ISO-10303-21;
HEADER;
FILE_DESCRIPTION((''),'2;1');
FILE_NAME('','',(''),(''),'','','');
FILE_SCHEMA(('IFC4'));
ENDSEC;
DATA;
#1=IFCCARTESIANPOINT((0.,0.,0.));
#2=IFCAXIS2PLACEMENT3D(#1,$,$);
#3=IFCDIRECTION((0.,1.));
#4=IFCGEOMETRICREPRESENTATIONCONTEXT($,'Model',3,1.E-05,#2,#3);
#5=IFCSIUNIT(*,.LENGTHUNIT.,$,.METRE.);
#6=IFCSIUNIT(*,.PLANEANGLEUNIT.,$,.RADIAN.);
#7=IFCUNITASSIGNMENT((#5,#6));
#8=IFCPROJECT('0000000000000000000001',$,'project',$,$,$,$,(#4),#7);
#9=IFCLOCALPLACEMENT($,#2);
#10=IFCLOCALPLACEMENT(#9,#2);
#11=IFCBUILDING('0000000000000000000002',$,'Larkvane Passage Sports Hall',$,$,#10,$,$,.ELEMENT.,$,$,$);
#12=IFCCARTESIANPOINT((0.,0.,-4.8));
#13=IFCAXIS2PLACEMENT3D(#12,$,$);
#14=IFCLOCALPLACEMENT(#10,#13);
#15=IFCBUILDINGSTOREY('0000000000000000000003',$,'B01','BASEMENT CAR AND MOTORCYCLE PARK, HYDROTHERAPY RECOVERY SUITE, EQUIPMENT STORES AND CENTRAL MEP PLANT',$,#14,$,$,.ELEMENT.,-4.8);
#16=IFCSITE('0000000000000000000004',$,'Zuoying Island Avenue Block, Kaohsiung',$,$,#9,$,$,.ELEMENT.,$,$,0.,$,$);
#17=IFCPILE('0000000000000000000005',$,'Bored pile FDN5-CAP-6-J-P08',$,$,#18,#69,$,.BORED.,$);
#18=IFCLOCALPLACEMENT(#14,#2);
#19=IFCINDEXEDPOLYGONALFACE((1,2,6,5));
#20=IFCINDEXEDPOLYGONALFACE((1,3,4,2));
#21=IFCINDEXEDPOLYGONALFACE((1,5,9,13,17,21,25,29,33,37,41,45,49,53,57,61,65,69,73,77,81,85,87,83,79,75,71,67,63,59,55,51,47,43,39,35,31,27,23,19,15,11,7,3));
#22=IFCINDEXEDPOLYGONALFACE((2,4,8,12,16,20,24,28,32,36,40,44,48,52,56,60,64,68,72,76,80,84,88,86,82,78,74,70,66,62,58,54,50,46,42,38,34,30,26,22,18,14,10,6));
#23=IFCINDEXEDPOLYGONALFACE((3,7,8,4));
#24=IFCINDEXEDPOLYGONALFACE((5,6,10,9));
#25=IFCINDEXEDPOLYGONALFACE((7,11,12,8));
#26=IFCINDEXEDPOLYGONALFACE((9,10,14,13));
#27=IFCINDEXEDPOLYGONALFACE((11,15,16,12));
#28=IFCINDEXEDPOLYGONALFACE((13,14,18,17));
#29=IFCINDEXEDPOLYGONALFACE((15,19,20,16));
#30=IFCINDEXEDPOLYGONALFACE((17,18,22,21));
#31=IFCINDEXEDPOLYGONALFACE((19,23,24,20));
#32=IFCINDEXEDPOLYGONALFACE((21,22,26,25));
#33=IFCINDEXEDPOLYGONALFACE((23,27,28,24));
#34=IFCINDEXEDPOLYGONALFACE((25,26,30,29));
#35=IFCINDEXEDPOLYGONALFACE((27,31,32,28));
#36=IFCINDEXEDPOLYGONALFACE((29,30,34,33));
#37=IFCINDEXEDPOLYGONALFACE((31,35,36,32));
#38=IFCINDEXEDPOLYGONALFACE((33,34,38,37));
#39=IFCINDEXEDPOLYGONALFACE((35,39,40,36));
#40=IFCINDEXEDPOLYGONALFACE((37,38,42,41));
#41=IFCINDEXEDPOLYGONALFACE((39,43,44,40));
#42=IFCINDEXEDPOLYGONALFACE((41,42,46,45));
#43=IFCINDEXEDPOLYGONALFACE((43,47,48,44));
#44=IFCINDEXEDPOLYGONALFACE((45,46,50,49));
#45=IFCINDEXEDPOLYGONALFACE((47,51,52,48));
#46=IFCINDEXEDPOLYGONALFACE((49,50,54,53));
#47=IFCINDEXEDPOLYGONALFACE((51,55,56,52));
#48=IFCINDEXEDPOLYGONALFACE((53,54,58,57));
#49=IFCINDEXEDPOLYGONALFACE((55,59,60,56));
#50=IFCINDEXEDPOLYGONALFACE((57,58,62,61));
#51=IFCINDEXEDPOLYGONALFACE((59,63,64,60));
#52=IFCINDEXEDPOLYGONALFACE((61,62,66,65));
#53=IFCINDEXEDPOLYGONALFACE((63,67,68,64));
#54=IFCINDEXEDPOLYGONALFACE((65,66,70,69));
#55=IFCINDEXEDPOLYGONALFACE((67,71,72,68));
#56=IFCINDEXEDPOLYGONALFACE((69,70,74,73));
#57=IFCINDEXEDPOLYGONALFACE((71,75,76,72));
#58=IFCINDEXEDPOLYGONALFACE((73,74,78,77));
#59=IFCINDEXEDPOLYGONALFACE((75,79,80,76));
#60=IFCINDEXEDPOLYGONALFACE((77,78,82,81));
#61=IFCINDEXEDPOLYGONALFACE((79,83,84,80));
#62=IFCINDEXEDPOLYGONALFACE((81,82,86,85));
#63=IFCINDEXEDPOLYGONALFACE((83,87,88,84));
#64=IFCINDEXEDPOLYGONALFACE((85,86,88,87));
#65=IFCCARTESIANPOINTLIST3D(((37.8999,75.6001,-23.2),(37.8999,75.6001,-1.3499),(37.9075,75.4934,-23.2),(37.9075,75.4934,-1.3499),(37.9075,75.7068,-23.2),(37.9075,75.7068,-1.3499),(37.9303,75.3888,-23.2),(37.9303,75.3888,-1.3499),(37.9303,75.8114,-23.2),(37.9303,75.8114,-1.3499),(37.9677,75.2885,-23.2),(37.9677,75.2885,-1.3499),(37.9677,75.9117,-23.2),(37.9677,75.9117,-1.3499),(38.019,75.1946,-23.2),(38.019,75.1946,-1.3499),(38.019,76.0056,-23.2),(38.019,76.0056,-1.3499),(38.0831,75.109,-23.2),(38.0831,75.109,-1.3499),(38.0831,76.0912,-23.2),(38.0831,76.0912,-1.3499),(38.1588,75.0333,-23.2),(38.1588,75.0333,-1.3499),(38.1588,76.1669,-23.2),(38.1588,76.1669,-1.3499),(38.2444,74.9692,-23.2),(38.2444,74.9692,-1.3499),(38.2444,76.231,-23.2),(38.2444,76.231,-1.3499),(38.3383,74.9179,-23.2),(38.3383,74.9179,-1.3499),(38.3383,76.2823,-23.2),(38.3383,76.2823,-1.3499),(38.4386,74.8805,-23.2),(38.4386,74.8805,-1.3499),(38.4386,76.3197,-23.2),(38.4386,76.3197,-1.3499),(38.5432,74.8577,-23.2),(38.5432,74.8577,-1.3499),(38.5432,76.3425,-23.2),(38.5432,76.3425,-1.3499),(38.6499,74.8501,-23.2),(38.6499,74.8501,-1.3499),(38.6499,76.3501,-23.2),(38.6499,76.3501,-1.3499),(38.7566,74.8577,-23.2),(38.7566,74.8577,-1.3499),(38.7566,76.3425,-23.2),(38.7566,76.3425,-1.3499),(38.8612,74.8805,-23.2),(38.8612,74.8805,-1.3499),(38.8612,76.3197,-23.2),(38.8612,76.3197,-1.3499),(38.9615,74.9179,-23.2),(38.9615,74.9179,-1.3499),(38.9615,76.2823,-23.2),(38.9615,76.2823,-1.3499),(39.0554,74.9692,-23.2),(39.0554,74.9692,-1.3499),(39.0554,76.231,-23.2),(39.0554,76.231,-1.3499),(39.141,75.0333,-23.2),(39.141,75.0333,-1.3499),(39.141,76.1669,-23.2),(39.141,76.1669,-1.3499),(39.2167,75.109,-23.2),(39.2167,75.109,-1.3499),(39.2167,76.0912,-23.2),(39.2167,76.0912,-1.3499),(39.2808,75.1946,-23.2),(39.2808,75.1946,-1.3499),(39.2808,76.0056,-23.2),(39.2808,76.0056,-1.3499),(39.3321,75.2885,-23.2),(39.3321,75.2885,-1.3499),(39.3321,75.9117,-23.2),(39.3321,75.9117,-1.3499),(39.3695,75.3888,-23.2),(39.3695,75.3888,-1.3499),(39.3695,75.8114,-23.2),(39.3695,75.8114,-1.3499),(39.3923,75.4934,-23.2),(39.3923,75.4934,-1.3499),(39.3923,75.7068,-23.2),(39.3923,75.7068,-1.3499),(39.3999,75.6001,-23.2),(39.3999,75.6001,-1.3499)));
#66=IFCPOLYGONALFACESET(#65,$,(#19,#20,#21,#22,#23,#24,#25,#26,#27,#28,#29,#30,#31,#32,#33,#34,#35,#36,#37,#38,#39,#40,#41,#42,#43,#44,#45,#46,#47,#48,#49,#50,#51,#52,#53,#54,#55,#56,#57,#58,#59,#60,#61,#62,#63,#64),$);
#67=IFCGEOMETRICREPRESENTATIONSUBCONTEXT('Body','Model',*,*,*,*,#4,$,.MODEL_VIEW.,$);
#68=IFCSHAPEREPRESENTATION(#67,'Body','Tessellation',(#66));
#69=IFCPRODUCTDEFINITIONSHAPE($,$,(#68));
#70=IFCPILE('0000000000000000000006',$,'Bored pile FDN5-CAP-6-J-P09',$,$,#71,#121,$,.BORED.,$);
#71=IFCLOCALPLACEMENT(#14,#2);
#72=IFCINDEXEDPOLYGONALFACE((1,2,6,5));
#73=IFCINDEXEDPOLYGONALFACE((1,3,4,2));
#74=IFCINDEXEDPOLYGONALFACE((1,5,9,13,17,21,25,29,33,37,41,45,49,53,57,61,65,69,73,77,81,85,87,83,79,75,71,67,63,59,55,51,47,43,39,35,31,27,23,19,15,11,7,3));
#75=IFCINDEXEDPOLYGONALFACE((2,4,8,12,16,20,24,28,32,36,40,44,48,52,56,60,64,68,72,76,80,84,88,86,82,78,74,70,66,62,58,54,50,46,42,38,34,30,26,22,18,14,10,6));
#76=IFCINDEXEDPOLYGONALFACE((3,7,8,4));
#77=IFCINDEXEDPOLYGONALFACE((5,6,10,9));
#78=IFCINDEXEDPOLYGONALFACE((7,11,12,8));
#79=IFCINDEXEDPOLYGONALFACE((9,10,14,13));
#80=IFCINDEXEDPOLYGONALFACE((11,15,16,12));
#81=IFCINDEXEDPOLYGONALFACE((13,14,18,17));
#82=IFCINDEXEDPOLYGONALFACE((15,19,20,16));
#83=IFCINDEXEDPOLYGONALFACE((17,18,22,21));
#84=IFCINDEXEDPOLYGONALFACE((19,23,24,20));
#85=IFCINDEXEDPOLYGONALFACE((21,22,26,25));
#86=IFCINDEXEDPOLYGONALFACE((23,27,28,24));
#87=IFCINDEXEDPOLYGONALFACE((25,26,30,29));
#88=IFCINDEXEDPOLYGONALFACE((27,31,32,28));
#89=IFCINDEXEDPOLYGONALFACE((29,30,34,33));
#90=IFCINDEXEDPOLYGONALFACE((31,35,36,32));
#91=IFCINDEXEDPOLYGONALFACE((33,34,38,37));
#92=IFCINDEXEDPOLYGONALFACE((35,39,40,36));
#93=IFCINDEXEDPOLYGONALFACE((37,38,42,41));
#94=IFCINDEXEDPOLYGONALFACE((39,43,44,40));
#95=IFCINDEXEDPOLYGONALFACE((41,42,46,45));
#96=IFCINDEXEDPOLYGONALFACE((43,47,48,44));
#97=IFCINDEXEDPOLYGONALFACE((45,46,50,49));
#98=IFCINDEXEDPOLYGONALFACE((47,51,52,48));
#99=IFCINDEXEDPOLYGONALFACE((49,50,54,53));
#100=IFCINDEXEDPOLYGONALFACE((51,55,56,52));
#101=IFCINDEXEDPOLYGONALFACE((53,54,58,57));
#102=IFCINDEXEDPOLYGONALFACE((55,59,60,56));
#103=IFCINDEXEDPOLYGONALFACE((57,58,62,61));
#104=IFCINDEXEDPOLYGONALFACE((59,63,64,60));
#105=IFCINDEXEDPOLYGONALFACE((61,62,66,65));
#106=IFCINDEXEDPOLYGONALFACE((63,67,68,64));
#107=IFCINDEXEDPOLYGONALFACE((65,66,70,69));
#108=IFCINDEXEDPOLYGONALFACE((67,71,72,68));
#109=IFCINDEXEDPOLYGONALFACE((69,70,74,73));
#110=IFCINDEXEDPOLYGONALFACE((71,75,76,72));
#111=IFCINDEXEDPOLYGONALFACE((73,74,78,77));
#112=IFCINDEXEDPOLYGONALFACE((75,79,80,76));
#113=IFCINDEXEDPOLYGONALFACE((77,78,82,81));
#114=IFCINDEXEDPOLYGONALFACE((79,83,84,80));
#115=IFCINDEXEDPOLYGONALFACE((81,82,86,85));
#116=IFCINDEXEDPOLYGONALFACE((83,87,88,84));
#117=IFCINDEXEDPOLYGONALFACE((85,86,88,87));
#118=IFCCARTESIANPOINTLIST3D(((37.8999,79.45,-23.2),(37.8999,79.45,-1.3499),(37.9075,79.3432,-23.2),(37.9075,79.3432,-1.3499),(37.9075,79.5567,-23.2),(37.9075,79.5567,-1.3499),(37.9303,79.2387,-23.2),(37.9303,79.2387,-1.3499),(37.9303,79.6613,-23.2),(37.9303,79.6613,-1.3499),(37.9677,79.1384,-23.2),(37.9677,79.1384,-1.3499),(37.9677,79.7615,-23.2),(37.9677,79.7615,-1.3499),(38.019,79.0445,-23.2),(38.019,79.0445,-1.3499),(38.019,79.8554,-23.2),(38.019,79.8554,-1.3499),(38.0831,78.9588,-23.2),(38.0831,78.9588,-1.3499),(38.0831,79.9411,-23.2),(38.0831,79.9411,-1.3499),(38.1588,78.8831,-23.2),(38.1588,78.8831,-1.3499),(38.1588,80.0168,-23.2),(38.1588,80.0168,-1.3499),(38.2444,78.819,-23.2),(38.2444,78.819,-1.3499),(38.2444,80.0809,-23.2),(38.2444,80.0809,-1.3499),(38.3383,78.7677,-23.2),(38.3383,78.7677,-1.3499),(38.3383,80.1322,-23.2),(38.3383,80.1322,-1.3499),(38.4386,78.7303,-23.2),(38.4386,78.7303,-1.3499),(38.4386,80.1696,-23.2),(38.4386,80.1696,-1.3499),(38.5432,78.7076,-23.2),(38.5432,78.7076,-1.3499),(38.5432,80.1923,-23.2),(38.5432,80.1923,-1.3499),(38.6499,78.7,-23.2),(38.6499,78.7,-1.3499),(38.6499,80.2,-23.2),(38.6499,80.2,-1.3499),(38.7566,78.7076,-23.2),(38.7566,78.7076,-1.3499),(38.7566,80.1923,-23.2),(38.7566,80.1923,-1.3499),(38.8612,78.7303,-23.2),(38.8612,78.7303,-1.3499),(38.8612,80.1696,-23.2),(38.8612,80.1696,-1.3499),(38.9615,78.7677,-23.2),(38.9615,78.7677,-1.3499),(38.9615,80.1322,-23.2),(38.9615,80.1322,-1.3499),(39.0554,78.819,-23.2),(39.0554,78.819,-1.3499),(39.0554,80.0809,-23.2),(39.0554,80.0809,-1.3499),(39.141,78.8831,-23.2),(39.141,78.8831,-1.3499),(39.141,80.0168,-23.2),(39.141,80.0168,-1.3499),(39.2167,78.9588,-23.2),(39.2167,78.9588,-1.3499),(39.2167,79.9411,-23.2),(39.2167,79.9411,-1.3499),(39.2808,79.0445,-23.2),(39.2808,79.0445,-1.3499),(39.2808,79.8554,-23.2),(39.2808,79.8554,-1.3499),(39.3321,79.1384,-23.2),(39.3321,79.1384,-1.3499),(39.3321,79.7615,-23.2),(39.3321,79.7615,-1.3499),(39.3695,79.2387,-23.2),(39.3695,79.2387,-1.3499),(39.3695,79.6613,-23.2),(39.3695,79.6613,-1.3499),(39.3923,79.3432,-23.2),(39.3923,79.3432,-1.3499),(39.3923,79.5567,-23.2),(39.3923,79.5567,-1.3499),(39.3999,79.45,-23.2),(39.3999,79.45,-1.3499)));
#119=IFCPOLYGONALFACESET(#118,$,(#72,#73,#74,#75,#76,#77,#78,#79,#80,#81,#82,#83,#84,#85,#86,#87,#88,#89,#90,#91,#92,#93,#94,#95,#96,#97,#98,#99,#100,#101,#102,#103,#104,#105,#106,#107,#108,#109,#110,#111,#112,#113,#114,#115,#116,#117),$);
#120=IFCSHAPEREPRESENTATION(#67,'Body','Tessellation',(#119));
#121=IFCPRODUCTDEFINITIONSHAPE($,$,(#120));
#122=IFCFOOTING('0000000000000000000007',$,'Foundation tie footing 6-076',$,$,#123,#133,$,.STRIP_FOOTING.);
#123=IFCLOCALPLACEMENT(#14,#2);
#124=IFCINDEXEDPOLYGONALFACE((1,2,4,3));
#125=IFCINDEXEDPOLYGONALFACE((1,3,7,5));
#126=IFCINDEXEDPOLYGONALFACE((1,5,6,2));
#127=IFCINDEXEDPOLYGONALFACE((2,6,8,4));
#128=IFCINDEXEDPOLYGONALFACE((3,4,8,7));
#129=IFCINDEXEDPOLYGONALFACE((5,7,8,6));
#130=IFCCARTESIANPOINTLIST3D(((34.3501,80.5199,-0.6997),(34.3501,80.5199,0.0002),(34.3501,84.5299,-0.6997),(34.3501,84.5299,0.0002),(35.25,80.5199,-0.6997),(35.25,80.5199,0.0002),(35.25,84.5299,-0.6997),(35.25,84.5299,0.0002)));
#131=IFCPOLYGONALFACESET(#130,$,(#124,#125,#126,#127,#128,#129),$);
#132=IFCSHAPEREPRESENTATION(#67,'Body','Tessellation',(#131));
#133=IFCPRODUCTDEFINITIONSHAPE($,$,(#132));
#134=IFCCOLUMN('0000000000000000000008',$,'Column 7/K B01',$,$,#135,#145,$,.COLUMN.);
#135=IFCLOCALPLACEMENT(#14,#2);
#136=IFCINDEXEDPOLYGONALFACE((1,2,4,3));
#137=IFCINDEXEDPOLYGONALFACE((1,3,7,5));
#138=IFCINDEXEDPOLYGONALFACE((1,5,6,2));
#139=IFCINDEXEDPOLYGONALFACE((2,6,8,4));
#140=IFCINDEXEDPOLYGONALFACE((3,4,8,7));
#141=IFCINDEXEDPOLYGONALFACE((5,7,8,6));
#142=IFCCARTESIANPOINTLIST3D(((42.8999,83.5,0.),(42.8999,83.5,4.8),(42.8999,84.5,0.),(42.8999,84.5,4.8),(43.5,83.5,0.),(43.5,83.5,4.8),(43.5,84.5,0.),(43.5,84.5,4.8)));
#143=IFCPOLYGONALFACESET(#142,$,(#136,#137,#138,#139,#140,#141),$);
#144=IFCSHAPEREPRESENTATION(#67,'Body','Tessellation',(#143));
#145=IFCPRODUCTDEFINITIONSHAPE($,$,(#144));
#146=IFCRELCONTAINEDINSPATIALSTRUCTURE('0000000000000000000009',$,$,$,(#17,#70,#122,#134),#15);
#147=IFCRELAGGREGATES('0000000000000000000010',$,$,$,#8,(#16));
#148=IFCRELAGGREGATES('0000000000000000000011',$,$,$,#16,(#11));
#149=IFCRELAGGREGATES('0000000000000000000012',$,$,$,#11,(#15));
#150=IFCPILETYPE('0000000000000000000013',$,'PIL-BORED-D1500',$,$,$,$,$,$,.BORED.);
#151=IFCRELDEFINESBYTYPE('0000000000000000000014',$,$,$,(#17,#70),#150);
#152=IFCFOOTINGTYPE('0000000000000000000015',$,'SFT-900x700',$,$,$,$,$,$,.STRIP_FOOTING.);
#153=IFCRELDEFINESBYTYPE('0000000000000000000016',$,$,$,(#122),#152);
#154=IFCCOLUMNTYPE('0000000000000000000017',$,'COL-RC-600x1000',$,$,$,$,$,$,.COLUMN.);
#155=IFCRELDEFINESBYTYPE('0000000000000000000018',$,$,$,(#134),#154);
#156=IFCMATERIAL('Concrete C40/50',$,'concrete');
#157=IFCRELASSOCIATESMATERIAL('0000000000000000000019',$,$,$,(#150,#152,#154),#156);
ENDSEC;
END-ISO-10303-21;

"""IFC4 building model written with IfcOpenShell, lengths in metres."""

from ifc_helpers import new_model, si_unit, direction, frame, origin, origin_2d, place, context, subcontext, project, spatial, rectangle, circle, extrude, material, material_profile, profile_set, type_object, element, save


model = new_model("IFC4")

# Units and contexts
model_context = context("Model", 3, precision=1e-05, world=origin(), true_north=direction((0.0, 1.0)))
body_context = subcontext(model_context, "Body", "Model", "MODEL_VIEW")
ifc_project = project(units=[si_unit("LENGTHUNIT", "METRE"), si_unit("PLANEANGLEUNIT", "RADIAN")], contexts=[model_context])

# Site, building, storey
site_placement = place(None, origin())
site = spatial("IfcSite", under=ifc_project, at=site_placement, Name="Zuoying Island Avenue Block, Kaohsiung", CompositionType="ELEMENT", RefElevation=0.0)
building_placement = place(site_placement, origin())
building = spatial("IfcBuilding", under=site, at=building_placement, Name="Larkvane Passage Sports Hall", CompositionType="ELEMENT")
storey_placement = place(building_placement, frame((0.0, 0.0, -4.8)))
storey = spatial("IfcBuildingStorey", under=building, at=storey_placement, Name="B01", Description="BASEMENT CAR AND MOTORCYCLE PARK, HYDROTHERAPY RECOVERY SUITE, EQUIPMENT STORES AND CENTRAL MEP PLANT", CompositionType="ELEMENT", Elevation=-4.8)

# Shared definitions
ifc_material_1 = material(Name="Concrete C40/50", Category="concrete")

# Piles
ifc_material_profile_1 = material_profile(ifc_material_1, circle(Radius=0.75, at=origin_2d()), Name="PILE-D1500")
ifc_profile_set_1 = profile_set([ifc_material_profile_1], Name="Concrete C40/50")
pile_type_1 = type_object("IfcPileType", Name="PIL-BORED-D1500", PredefinedType="BORED", material=ifc_profile_set_1)
for number, where, z_axis, x_axis, name in (
    (1, (38.6499, 75.6001, -1.3499), (0.0, 0.0, -1.0), (1.0, 0.0, 0.0), "Bored pile FDN5-CAP-6-J-P08"),
    (2, (38.6499, 79.45, -1.3499), (0.0, 0.0, -1.0), (1.0, 0.0, 0.0), "Bored pile FDN5-CAP-6-J-P09"),
):
    element("IfcPile", number, at=place(storey_placement, frame(where, z_axis=z_axis, x_axis=x_axis)), inside=storey, type_object=pile_type_1, Name=name, PredefinedType="BORED", context=body_context, shape_type="SweptSolid", body=[
        extrude(circle(Radius=0.75, at=origin_2d()), origin(), (0.0, 0.0, 1.0), 21.8501),
    ])

# Footing
footing_type_1 = type_object("IfcFootingType", Name="SFT-900x700", PredefinedType="STRIP_FOOTING", material=ifc_material_1)
footing_1_placement = place(storey_placement, frame((34.8, 82.5249, -0.6997), z_axis=(0.0, 0.0, 1.0), x_axis=(1.0, 0.0, 0.0)))
element("IfcFooting", 3, at=footing_1_placement, inside=storey, type_object=footing_type_1, Name="Foundation tie footing 6-076", PredefinedType="STRIP_FOOTING", context=body_context, shape_type="SweptSolid", body=[
    extrude(rectangle(XDim=0.8999, YDim=4.01, at=origin_2d()), origin(), (0.0, 0.0, 1.0), 0.7),
])

# Column
ifc_material_profile_2 = material_profile(ifc_material_1, rectangle(XDim=0.6001, YDim=1.0, at=origin_2d()), Name="RC-COL-600x1000")
ifc_profile_set_2 = profile_set([ifc_material_profile_2], Name="Concrete C40/50")
column_type_1 = type_object("IfcColumnType", Name="COL-RC-600x1000", PredefinedType="COLUMN", material=ifc_profile_set_2)
column_1_placement = place(storey_placement, frame((43.2, 84.0, 0.0), z_axis=(0.0, 0.0, 1.0), x_axis=(1.0, 0.0, 0.0)))
element("IfcColumn", 4, at=column_1_placement, inside=storey, type_object=column_type_1, Name="Column 7/K B01", PredefinedType="COLUMN", context=body_context, shape_type="SweptSolid", body=[
    extrude(rectangle(XDim=0.6001, YDim=1.0, at=origin_2d()), origin(), (0.0, 0.0, 1.0), 4.8),
])

save(model, "model.ifc")
